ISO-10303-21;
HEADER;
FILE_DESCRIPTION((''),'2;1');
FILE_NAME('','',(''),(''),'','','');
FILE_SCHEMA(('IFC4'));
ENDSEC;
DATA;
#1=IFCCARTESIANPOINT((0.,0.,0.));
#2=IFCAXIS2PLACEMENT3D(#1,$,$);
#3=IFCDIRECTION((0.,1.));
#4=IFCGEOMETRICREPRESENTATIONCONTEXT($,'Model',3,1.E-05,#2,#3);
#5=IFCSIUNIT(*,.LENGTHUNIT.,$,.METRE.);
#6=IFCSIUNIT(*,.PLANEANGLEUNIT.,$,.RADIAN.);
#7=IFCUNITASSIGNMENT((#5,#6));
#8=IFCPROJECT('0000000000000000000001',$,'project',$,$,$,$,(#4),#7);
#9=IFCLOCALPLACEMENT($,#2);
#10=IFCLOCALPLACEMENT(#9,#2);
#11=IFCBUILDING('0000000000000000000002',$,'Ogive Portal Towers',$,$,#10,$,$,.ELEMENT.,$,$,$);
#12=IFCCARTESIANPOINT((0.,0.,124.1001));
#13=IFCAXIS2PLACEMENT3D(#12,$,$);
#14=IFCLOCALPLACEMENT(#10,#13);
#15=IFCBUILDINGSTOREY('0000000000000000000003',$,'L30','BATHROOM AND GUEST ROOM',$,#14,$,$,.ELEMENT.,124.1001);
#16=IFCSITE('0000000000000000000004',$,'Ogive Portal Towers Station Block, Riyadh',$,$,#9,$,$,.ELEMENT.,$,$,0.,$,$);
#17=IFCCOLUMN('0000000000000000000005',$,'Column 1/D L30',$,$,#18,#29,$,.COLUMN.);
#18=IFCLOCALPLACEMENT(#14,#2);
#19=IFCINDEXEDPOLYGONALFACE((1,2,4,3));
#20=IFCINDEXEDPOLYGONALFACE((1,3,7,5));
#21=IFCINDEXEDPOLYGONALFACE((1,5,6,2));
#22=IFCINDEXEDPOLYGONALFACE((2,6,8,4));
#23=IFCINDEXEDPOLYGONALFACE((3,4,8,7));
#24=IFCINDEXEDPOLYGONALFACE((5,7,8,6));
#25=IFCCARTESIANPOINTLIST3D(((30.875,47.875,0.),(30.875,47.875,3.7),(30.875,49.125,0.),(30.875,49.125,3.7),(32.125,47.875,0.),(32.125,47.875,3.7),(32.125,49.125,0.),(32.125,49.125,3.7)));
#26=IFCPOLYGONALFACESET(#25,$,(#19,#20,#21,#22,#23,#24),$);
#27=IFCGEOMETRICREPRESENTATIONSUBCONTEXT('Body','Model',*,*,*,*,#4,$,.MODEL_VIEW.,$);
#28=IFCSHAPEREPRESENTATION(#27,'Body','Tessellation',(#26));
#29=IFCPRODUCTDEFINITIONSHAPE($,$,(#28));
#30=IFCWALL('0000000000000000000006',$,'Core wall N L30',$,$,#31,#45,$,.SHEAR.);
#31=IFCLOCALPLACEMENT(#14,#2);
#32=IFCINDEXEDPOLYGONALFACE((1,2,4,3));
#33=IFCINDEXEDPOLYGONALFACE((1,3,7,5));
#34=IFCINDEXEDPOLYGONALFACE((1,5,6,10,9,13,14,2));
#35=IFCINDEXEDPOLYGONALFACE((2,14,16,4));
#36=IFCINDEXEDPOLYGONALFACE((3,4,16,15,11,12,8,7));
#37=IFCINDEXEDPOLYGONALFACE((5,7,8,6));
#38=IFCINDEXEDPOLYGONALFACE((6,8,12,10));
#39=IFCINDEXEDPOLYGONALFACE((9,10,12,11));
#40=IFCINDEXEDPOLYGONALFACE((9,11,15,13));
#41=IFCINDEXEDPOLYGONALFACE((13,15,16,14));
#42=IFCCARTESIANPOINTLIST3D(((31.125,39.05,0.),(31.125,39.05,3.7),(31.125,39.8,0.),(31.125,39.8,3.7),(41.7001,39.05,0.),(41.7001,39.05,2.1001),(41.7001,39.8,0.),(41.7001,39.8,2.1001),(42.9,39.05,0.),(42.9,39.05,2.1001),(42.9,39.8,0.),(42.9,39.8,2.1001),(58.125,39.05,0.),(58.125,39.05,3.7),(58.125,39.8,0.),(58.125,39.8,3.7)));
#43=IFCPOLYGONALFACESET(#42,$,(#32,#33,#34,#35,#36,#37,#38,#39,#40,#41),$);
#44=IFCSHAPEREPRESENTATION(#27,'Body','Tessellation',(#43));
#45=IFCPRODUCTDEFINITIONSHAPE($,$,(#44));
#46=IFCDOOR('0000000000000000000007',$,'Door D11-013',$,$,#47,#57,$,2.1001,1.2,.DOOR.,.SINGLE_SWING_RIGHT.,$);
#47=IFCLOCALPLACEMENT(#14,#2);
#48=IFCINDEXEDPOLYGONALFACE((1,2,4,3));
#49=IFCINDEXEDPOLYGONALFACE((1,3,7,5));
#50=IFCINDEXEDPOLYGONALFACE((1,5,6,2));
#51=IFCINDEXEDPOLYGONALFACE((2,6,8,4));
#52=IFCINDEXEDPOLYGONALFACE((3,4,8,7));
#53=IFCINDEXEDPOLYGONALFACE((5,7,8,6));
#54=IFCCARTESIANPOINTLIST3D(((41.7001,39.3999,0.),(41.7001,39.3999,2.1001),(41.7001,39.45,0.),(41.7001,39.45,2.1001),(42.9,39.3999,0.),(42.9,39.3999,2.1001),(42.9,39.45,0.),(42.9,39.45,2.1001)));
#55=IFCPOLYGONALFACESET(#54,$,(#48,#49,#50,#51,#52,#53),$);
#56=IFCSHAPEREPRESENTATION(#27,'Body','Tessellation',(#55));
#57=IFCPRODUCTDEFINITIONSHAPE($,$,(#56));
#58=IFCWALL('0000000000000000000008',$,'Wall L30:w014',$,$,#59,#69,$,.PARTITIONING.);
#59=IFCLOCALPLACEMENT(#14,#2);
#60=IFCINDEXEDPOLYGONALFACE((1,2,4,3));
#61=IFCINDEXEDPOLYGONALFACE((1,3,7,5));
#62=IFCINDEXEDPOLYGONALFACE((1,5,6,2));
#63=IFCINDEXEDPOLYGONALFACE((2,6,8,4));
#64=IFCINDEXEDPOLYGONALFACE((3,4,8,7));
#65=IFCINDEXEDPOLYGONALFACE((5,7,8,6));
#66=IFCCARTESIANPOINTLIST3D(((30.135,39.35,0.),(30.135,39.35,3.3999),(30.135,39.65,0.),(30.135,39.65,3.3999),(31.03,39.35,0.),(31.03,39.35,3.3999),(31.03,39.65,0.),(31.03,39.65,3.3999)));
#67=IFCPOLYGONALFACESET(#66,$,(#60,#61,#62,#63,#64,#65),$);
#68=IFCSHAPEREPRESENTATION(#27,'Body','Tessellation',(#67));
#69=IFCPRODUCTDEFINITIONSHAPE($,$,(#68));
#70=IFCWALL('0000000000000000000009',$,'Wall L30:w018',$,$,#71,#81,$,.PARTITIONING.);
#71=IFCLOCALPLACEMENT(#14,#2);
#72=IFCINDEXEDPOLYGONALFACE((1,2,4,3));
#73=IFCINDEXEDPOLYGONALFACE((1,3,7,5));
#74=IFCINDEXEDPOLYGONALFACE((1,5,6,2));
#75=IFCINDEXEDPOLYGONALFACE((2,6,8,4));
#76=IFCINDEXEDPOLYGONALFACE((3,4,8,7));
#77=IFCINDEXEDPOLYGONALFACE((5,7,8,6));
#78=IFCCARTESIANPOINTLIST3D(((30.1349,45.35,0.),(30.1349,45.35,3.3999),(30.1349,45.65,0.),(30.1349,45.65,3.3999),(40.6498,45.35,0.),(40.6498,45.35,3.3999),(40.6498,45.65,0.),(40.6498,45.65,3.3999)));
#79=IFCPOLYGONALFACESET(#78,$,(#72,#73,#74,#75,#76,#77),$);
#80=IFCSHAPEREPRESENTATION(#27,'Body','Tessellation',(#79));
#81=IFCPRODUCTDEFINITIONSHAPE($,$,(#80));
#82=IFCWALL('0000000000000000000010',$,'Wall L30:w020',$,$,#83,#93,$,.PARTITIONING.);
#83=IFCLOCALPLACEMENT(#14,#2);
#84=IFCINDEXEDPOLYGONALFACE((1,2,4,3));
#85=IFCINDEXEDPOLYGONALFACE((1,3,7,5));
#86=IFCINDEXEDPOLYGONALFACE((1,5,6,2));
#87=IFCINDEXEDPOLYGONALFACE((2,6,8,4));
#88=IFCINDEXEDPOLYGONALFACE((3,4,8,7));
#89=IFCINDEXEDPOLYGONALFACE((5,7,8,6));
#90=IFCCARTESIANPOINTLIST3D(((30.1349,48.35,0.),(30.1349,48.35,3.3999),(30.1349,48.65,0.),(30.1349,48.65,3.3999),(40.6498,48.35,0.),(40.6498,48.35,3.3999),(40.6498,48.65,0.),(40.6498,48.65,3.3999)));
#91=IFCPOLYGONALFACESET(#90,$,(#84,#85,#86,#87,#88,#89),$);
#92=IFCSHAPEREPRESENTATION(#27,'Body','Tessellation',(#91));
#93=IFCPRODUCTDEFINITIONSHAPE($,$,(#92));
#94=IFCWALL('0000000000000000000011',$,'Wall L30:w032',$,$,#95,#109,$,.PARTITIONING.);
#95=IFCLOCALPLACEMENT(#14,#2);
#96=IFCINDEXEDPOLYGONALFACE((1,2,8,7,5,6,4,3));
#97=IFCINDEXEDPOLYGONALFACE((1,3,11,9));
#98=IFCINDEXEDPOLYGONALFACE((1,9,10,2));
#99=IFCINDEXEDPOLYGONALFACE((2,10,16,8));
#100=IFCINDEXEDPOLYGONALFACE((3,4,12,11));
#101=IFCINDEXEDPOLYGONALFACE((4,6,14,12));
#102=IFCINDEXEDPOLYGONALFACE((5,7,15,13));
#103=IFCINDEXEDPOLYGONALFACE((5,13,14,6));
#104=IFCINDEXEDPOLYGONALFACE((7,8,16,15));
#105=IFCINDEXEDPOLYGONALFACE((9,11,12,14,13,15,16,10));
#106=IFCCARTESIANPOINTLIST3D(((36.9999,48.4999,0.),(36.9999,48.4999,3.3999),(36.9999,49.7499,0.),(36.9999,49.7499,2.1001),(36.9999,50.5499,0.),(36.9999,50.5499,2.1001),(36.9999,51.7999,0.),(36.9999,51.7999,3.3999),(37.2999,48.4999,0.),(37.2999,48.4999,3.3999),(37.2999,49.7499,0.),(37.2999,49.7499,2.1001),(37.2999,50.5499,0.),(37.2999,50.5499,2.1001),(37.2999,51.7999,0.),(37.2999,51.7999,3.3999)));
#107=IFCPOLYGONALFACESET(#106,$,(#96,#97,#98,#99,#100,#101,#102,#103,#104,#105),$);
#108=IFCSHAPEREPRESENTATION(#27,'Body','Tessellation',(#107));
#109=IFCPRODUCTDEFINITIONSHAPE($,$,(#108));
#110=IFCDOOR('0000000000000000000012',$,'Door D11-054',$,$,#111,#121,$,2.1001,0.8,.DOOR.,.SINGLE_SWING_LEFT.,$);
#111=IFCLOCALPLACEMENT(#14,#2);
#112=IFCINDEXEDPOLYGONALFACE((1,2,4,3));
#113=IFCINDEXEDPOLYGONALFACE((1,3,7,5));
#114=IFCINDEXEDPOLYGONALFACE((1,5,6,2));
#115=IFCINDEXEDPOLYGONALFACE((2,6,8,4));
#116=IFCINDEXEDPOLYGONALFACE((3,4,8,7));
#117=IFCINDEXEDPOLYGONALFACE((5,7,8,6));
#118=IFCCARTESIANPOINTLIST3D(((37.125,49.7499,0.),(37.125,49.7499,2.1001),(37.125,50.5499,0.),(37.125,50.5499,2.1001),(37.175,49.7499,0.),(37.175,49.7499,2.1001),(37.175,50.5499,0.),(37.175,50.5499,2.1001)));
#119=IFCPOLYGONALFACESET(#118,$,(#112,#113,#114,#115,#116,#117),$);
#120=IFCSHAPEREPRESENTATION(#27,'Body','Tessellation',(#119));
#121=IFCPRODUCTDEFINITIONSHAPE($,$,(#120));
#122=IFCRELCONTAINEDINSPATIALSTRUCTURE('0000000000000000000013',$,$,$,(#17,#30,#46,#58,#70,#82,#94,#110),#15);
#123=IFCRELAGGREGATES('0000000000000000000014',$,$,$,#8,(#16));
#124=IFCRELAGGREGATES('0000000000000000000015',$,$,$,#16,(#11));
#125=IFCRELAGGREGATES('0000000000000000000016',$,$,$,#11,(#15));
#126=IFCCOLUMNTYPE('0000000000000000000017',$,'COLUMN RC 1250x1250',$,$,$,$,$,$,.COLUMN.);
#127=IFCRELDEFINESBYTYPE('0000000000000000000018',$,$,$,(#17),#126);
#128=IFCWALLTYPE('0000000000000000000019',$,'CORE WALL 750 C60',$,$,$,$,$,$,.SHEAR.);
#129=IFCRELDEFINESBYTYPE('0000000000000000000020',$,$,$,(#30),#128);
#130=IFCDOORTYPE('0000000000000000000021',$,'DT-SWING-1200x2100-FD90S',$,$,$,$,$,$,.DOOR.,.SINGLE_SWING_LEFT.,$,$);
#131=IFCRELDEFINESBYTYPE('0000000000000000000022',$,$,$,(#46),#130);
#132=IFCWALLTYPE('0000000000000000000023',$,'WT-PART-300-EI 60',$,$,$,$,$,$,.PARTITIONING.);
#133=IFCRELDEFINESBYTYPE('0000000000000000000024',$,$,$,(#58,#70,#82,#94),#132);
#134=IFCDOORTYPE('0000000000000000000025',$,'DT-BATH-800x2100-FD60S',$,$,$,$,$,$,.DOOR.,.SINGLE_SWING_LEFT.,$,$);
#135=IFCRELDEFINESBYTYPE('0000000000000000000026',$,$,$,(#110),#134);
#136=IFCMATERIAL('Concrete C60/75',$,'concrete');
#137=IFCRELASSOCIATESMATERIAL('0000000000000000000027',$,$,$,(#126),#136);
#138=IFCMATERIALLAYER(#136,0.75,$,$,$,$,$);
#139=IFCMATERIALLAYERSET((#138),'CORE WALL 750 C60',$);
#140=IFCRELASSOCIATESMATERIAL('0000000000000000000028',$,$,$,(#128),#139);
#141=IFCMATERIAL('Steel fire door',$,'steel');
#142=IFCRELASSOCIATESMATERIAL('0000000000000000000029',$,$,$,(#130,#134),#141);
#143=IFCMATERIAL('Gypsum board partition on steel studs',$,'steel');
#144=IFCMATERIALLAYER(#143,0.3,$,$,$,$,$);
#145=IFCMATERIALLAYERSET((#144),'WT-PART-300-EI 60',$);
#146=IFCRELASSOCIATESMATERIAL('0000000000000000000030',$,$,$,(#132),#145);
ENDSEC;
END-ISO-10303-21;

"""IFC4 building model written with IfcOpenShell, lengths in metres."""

from ifc_helpers import new_model, si_unit, direction, frame, frame_2d, origin, origin_2d, place, context, subcontext, project, spatial, rectangle, extrude, material, layer, layer_set, material_profile, profile_set, type_object, element, fill, save


model = new_model("IFC4")

# Units and contexts
model_context = context("Model", 3, precision=1e-05, world=origin(), true_north=direction((0.0, 1.0)))
body_context = subcontext(model_context, "Body", "Model", "MODEL_VIEW")
ifc_project = project(units=[si_unit("LENGTHUNIT", "METRE"), si_unit("PLANEANGLEUNIT", "RADIAN")], contexts=[model_context])

# Site, building, storey
site_placement = place(None, origin())
site = spatial("IfcSite", under=ifc_project, at=site_placement, Name="Ogive Portal Towers Station Block, Riyadh", CompositionType="ELEMENT", RefElevation=0.0)
building_placement = place(site_placement, origin())
building = spatial("IfcBuilding", under=site, at=building_placement, Name="Ogive Portal Towers", CompositionType="ELEMENT")
storey_placement = place(building_placement, frame((0.0, 0.0, 124.1001)))
storey = spatial("IfcBuildingStorey", under=building, at=storey_placement, Name="L30", Description="BATHROOM AND GUEST ROOM", CompositionType="ELEMENT", Elevation=124.1001)

# Column
ifc_material_1 = material(Name="Concrete C60/75", Category="concrete")
ifc_material_profile = material_profile(ifc_material_1, rectangle(XDim=1.25, YDim=1.25, at=origin_2d()), Name="RC 1250x1250")
ifc_profile_set = profile_set([ifc_material_profile], Name="Concrete C60/75")
column_type = type_object("IfcColumnType", Name="COLUMN RC 1250x1250", PredefinedType="COLUMN", material=ifc_profile_set)
column_placement = place(storey_placement, frame((31.5, 48.5, 0.0), z_axis=(0.0, 0.0, 1.0), x_axis=(1.0, 0.0, 0.0)))
element("IfcColumn", 1, at=column_placement, inside=storey, type_object=column_type, Name="Column 1/D L30", PredefinedType="COLUMN", context=body_context, shape_type="SweptSolid", body=[
    extrude(rectangle(XDim=1.25, YDim=1.25, at=origin_2d()), origin(), (0.0, 0.0, 1.0), 3.7),
])

# Wall, opening, door
ifc_layer_1 = layer(ifc_material_1, 0.75)
ifc_layer_set_1 = layer_set([ifc_layer_1], Name="CORE WALL 750 C60")
wall_type_1 = type_object("IfcWallType", Name="CORE WALL 750 C60", PredefinedType="SHEAR", material=ifc_layer_set_1)
wall_1_placement = place(storey_placement, frame((31.125, 39.425, 0.0), z_axis=(0.0, 0.0, 1.0), x_axis=(1.0, 0.0, 0.0)))
wall_1 = element("IfcWall", 2, at=wall_1_placement, inside=storey, type_object=wall_type_1, Name="Core wall N L30", PredefinedType="SHEAR", context=body_context, shape_type="SweptSolid", body=[
    extrude(rectangle(XDim=27.0, YDim=0.75, at=frame_2d((13.5, 0.0))), origin(), (0.0, 0.0, 1.0), 3.7),
])
opening_1_placement = place(wall_1_placement, frame((10.575, 0.0, 0.0)))
opening_1 = element("IfcOpeningElement", 3, at=opening_1_placement, cuts=wall_1, PredefinedType="OPENING", context=body_context, shape_type="SweptSolid", body=[
    extrude(rectangle(XDim=1.2, YDim=2.1001, at=frame_2d((0.6001, 1.05))), frame((0.0, 0.385, 0.0), z_axis=(0.0, -1.0, 0.0), x_axis=(1.0, 0.0, 0.0)), (0.0, 0.0, 1.0), 0.77),
])
ifc_material_2 = material(Name="Steel fire door", Category="steel")
door_type_1 = type_object("IfcDoorType", Name="DT-SWING-1200x2100-FD90S", OperationType="SINGLE_SWING_LEFT", PredefinedType="DOOR", material=ifc_material_2)
door_1_placement = place(opening_1_placement, origin())
door_1 = element("IfcDoor", 4, at=door_1_placement, inside=storey, type_object=door_type_1, Name="Door D11-013", OperationType="SINGLE_SWING_RIGHT", OverallHeight=2.1001, OverallWidth=1.2, PredefinedType="DOOR", context=body_context, shape_type="SweptSolid", body=[
    extrude(rectangle(XDim=1.2, YDim=2.1001, at=frame_2d((0.6001, 1.05))), frame((0.0, 0.0249, 0.0), z_axis=(0.0, -1.0, 0.0), x_axis=(1.0, 0.0, 0.0)), (0.0, 0.0, 1.0), 0.05),
])
fill(opening_1, door_1)

# Walls
ifc_material_3 = material(Name="Gypsum board partition on steel studs", Category="steel")
ifc_layer_2 = layer(ifc_material_3, 0.3)
ifc_layer_set_2 = layer_set([ifc_layer_2], Name="WT-PART-300-EI 60")
wall_type_2 = type_object("IfcWallType", Name="WT-PART-300-EI 60", PredefinedType="PARTITIONING", material=ifc_layer_set_2)
wall_2_placement = place(storey_placement, frame((30.135, 39.5, 0.0), z_axis=(0.0, 0.0, 1.0), x_axis=(1.0, 0.0, 0.0)))
element("IfcWall", 5, at=wall_2_placement, inside=storey, type_object=wall_type_2, Name="Wall L30:w014", PredefinedType="PARTITIONING", context=body_context, shape_type="SweptSolid", body=[
    extrude(rectangle(XDim=0.895, YDim=0.3, at=frame_2d((0.4475, 0.0))), origin(), (0.0, 0.0, 1.0), 3.3999),
])
for number, where, z_axis, x_axis, name in (
    (6, (30.135, 45.5, 0.0), (0.0, 0.0, 1.0), (1.0, 0.0, 0.0), "Wall L30:w018"),
    (7, (30.135, 48.5, 0.0), (0.0, 0.0, 1.0), (1.0, 0.0, 0.0), "Wall L30:w020"),
):
    element("IfcWall", number, at=place(storey_placement, frame(where, z_axis=z_axis, x_axis=x_axis)), inside=storey, type_object=wall_type_2, Name=name, PredefinedType="PARTITIONING", context=body_context, shape_type="SweptSolid", body=[
        extrude(rectangle(XDim=10.5149, YDim=0.3, at=frame_2d((5.2573, 0.0))), origin(), (0.0, 0.0, 1.0), 3.3999),
    ])

# Wall, opening, door
wall_3_placement = place(storey_placement, frame((37.1499, 48.5, 0.0), z_axis=(0.0, 0.0, 1.0), x_axis=(0.0, 1.0, 0.0)))
wall_3 = element("IfcWall", 8, at=wall_3_placement, inside=storey, type_object=wall_type_2, Name="Wall L30:w032", PredefinedType="PARTITIONING", context=body_context, shape_type="SweptSolid", body=[
    extrude(rectangle(XDim=3.3, YDim=0.3, at=frame_2d((1.6499, 0.0))), origin(), (0.0, 0.0, 1.0), 3.3999),
])
opening_2_placement = place(wall_3_placement, frame((1.25, 0.0, 0.0)))
opening_2 = element("IfcOpeningElement", 9, at=opening_2_placement, cuts=wall_3, PredefinedType="OPENING", context=body_context, shape_type="SweptSolid", body=[
    extrude(rectangle(XDim=0.8, YDim=2.1001, at=frame_2d((0.3999, 1.05))), frame((0.0, 0.1602, 0.0), z_axis=(0.0, -1.0, 0.0), x_axis=(1.0, 0.0, 0.0)), (0.0, 0.0, 1.0), 0.3201),
])
door_type_2 = type_object("IfcDoorType", Name="DT-BATH-800x2100-FD60S", OperationType="SINGLE_SWING_LEFT", PredefinedType="DOOR", material=ifc_material_2)
door_2_placement = place(opening_2_placement, origin())
door_2 = element("IfcDoor", 10, at=door_2_placement, inside=storey, type_object=door_type_2, Name="Door D11-054", OperationType="SINGLE_SWING_LEFT", OverallHeight=2.1001, OverallWidth=0.8, PredefinedType="DOOR", context=body_context, shape_type="SweptSolid", body=[
    extrude(rectangle(XDim=0.8, YDim=2.1001, at=frame_2d((0.3999, 1.05))), frame((0.0, 0.0249, 0.0), z_axis=(0.0, -1.0, 0.0), x_axis=(1.0, 0.0, 0.0)), (0.0, 0.0, 1.0), 0.05),
])
fill(opening_2, door_2)

save(model, "model.ifc")
